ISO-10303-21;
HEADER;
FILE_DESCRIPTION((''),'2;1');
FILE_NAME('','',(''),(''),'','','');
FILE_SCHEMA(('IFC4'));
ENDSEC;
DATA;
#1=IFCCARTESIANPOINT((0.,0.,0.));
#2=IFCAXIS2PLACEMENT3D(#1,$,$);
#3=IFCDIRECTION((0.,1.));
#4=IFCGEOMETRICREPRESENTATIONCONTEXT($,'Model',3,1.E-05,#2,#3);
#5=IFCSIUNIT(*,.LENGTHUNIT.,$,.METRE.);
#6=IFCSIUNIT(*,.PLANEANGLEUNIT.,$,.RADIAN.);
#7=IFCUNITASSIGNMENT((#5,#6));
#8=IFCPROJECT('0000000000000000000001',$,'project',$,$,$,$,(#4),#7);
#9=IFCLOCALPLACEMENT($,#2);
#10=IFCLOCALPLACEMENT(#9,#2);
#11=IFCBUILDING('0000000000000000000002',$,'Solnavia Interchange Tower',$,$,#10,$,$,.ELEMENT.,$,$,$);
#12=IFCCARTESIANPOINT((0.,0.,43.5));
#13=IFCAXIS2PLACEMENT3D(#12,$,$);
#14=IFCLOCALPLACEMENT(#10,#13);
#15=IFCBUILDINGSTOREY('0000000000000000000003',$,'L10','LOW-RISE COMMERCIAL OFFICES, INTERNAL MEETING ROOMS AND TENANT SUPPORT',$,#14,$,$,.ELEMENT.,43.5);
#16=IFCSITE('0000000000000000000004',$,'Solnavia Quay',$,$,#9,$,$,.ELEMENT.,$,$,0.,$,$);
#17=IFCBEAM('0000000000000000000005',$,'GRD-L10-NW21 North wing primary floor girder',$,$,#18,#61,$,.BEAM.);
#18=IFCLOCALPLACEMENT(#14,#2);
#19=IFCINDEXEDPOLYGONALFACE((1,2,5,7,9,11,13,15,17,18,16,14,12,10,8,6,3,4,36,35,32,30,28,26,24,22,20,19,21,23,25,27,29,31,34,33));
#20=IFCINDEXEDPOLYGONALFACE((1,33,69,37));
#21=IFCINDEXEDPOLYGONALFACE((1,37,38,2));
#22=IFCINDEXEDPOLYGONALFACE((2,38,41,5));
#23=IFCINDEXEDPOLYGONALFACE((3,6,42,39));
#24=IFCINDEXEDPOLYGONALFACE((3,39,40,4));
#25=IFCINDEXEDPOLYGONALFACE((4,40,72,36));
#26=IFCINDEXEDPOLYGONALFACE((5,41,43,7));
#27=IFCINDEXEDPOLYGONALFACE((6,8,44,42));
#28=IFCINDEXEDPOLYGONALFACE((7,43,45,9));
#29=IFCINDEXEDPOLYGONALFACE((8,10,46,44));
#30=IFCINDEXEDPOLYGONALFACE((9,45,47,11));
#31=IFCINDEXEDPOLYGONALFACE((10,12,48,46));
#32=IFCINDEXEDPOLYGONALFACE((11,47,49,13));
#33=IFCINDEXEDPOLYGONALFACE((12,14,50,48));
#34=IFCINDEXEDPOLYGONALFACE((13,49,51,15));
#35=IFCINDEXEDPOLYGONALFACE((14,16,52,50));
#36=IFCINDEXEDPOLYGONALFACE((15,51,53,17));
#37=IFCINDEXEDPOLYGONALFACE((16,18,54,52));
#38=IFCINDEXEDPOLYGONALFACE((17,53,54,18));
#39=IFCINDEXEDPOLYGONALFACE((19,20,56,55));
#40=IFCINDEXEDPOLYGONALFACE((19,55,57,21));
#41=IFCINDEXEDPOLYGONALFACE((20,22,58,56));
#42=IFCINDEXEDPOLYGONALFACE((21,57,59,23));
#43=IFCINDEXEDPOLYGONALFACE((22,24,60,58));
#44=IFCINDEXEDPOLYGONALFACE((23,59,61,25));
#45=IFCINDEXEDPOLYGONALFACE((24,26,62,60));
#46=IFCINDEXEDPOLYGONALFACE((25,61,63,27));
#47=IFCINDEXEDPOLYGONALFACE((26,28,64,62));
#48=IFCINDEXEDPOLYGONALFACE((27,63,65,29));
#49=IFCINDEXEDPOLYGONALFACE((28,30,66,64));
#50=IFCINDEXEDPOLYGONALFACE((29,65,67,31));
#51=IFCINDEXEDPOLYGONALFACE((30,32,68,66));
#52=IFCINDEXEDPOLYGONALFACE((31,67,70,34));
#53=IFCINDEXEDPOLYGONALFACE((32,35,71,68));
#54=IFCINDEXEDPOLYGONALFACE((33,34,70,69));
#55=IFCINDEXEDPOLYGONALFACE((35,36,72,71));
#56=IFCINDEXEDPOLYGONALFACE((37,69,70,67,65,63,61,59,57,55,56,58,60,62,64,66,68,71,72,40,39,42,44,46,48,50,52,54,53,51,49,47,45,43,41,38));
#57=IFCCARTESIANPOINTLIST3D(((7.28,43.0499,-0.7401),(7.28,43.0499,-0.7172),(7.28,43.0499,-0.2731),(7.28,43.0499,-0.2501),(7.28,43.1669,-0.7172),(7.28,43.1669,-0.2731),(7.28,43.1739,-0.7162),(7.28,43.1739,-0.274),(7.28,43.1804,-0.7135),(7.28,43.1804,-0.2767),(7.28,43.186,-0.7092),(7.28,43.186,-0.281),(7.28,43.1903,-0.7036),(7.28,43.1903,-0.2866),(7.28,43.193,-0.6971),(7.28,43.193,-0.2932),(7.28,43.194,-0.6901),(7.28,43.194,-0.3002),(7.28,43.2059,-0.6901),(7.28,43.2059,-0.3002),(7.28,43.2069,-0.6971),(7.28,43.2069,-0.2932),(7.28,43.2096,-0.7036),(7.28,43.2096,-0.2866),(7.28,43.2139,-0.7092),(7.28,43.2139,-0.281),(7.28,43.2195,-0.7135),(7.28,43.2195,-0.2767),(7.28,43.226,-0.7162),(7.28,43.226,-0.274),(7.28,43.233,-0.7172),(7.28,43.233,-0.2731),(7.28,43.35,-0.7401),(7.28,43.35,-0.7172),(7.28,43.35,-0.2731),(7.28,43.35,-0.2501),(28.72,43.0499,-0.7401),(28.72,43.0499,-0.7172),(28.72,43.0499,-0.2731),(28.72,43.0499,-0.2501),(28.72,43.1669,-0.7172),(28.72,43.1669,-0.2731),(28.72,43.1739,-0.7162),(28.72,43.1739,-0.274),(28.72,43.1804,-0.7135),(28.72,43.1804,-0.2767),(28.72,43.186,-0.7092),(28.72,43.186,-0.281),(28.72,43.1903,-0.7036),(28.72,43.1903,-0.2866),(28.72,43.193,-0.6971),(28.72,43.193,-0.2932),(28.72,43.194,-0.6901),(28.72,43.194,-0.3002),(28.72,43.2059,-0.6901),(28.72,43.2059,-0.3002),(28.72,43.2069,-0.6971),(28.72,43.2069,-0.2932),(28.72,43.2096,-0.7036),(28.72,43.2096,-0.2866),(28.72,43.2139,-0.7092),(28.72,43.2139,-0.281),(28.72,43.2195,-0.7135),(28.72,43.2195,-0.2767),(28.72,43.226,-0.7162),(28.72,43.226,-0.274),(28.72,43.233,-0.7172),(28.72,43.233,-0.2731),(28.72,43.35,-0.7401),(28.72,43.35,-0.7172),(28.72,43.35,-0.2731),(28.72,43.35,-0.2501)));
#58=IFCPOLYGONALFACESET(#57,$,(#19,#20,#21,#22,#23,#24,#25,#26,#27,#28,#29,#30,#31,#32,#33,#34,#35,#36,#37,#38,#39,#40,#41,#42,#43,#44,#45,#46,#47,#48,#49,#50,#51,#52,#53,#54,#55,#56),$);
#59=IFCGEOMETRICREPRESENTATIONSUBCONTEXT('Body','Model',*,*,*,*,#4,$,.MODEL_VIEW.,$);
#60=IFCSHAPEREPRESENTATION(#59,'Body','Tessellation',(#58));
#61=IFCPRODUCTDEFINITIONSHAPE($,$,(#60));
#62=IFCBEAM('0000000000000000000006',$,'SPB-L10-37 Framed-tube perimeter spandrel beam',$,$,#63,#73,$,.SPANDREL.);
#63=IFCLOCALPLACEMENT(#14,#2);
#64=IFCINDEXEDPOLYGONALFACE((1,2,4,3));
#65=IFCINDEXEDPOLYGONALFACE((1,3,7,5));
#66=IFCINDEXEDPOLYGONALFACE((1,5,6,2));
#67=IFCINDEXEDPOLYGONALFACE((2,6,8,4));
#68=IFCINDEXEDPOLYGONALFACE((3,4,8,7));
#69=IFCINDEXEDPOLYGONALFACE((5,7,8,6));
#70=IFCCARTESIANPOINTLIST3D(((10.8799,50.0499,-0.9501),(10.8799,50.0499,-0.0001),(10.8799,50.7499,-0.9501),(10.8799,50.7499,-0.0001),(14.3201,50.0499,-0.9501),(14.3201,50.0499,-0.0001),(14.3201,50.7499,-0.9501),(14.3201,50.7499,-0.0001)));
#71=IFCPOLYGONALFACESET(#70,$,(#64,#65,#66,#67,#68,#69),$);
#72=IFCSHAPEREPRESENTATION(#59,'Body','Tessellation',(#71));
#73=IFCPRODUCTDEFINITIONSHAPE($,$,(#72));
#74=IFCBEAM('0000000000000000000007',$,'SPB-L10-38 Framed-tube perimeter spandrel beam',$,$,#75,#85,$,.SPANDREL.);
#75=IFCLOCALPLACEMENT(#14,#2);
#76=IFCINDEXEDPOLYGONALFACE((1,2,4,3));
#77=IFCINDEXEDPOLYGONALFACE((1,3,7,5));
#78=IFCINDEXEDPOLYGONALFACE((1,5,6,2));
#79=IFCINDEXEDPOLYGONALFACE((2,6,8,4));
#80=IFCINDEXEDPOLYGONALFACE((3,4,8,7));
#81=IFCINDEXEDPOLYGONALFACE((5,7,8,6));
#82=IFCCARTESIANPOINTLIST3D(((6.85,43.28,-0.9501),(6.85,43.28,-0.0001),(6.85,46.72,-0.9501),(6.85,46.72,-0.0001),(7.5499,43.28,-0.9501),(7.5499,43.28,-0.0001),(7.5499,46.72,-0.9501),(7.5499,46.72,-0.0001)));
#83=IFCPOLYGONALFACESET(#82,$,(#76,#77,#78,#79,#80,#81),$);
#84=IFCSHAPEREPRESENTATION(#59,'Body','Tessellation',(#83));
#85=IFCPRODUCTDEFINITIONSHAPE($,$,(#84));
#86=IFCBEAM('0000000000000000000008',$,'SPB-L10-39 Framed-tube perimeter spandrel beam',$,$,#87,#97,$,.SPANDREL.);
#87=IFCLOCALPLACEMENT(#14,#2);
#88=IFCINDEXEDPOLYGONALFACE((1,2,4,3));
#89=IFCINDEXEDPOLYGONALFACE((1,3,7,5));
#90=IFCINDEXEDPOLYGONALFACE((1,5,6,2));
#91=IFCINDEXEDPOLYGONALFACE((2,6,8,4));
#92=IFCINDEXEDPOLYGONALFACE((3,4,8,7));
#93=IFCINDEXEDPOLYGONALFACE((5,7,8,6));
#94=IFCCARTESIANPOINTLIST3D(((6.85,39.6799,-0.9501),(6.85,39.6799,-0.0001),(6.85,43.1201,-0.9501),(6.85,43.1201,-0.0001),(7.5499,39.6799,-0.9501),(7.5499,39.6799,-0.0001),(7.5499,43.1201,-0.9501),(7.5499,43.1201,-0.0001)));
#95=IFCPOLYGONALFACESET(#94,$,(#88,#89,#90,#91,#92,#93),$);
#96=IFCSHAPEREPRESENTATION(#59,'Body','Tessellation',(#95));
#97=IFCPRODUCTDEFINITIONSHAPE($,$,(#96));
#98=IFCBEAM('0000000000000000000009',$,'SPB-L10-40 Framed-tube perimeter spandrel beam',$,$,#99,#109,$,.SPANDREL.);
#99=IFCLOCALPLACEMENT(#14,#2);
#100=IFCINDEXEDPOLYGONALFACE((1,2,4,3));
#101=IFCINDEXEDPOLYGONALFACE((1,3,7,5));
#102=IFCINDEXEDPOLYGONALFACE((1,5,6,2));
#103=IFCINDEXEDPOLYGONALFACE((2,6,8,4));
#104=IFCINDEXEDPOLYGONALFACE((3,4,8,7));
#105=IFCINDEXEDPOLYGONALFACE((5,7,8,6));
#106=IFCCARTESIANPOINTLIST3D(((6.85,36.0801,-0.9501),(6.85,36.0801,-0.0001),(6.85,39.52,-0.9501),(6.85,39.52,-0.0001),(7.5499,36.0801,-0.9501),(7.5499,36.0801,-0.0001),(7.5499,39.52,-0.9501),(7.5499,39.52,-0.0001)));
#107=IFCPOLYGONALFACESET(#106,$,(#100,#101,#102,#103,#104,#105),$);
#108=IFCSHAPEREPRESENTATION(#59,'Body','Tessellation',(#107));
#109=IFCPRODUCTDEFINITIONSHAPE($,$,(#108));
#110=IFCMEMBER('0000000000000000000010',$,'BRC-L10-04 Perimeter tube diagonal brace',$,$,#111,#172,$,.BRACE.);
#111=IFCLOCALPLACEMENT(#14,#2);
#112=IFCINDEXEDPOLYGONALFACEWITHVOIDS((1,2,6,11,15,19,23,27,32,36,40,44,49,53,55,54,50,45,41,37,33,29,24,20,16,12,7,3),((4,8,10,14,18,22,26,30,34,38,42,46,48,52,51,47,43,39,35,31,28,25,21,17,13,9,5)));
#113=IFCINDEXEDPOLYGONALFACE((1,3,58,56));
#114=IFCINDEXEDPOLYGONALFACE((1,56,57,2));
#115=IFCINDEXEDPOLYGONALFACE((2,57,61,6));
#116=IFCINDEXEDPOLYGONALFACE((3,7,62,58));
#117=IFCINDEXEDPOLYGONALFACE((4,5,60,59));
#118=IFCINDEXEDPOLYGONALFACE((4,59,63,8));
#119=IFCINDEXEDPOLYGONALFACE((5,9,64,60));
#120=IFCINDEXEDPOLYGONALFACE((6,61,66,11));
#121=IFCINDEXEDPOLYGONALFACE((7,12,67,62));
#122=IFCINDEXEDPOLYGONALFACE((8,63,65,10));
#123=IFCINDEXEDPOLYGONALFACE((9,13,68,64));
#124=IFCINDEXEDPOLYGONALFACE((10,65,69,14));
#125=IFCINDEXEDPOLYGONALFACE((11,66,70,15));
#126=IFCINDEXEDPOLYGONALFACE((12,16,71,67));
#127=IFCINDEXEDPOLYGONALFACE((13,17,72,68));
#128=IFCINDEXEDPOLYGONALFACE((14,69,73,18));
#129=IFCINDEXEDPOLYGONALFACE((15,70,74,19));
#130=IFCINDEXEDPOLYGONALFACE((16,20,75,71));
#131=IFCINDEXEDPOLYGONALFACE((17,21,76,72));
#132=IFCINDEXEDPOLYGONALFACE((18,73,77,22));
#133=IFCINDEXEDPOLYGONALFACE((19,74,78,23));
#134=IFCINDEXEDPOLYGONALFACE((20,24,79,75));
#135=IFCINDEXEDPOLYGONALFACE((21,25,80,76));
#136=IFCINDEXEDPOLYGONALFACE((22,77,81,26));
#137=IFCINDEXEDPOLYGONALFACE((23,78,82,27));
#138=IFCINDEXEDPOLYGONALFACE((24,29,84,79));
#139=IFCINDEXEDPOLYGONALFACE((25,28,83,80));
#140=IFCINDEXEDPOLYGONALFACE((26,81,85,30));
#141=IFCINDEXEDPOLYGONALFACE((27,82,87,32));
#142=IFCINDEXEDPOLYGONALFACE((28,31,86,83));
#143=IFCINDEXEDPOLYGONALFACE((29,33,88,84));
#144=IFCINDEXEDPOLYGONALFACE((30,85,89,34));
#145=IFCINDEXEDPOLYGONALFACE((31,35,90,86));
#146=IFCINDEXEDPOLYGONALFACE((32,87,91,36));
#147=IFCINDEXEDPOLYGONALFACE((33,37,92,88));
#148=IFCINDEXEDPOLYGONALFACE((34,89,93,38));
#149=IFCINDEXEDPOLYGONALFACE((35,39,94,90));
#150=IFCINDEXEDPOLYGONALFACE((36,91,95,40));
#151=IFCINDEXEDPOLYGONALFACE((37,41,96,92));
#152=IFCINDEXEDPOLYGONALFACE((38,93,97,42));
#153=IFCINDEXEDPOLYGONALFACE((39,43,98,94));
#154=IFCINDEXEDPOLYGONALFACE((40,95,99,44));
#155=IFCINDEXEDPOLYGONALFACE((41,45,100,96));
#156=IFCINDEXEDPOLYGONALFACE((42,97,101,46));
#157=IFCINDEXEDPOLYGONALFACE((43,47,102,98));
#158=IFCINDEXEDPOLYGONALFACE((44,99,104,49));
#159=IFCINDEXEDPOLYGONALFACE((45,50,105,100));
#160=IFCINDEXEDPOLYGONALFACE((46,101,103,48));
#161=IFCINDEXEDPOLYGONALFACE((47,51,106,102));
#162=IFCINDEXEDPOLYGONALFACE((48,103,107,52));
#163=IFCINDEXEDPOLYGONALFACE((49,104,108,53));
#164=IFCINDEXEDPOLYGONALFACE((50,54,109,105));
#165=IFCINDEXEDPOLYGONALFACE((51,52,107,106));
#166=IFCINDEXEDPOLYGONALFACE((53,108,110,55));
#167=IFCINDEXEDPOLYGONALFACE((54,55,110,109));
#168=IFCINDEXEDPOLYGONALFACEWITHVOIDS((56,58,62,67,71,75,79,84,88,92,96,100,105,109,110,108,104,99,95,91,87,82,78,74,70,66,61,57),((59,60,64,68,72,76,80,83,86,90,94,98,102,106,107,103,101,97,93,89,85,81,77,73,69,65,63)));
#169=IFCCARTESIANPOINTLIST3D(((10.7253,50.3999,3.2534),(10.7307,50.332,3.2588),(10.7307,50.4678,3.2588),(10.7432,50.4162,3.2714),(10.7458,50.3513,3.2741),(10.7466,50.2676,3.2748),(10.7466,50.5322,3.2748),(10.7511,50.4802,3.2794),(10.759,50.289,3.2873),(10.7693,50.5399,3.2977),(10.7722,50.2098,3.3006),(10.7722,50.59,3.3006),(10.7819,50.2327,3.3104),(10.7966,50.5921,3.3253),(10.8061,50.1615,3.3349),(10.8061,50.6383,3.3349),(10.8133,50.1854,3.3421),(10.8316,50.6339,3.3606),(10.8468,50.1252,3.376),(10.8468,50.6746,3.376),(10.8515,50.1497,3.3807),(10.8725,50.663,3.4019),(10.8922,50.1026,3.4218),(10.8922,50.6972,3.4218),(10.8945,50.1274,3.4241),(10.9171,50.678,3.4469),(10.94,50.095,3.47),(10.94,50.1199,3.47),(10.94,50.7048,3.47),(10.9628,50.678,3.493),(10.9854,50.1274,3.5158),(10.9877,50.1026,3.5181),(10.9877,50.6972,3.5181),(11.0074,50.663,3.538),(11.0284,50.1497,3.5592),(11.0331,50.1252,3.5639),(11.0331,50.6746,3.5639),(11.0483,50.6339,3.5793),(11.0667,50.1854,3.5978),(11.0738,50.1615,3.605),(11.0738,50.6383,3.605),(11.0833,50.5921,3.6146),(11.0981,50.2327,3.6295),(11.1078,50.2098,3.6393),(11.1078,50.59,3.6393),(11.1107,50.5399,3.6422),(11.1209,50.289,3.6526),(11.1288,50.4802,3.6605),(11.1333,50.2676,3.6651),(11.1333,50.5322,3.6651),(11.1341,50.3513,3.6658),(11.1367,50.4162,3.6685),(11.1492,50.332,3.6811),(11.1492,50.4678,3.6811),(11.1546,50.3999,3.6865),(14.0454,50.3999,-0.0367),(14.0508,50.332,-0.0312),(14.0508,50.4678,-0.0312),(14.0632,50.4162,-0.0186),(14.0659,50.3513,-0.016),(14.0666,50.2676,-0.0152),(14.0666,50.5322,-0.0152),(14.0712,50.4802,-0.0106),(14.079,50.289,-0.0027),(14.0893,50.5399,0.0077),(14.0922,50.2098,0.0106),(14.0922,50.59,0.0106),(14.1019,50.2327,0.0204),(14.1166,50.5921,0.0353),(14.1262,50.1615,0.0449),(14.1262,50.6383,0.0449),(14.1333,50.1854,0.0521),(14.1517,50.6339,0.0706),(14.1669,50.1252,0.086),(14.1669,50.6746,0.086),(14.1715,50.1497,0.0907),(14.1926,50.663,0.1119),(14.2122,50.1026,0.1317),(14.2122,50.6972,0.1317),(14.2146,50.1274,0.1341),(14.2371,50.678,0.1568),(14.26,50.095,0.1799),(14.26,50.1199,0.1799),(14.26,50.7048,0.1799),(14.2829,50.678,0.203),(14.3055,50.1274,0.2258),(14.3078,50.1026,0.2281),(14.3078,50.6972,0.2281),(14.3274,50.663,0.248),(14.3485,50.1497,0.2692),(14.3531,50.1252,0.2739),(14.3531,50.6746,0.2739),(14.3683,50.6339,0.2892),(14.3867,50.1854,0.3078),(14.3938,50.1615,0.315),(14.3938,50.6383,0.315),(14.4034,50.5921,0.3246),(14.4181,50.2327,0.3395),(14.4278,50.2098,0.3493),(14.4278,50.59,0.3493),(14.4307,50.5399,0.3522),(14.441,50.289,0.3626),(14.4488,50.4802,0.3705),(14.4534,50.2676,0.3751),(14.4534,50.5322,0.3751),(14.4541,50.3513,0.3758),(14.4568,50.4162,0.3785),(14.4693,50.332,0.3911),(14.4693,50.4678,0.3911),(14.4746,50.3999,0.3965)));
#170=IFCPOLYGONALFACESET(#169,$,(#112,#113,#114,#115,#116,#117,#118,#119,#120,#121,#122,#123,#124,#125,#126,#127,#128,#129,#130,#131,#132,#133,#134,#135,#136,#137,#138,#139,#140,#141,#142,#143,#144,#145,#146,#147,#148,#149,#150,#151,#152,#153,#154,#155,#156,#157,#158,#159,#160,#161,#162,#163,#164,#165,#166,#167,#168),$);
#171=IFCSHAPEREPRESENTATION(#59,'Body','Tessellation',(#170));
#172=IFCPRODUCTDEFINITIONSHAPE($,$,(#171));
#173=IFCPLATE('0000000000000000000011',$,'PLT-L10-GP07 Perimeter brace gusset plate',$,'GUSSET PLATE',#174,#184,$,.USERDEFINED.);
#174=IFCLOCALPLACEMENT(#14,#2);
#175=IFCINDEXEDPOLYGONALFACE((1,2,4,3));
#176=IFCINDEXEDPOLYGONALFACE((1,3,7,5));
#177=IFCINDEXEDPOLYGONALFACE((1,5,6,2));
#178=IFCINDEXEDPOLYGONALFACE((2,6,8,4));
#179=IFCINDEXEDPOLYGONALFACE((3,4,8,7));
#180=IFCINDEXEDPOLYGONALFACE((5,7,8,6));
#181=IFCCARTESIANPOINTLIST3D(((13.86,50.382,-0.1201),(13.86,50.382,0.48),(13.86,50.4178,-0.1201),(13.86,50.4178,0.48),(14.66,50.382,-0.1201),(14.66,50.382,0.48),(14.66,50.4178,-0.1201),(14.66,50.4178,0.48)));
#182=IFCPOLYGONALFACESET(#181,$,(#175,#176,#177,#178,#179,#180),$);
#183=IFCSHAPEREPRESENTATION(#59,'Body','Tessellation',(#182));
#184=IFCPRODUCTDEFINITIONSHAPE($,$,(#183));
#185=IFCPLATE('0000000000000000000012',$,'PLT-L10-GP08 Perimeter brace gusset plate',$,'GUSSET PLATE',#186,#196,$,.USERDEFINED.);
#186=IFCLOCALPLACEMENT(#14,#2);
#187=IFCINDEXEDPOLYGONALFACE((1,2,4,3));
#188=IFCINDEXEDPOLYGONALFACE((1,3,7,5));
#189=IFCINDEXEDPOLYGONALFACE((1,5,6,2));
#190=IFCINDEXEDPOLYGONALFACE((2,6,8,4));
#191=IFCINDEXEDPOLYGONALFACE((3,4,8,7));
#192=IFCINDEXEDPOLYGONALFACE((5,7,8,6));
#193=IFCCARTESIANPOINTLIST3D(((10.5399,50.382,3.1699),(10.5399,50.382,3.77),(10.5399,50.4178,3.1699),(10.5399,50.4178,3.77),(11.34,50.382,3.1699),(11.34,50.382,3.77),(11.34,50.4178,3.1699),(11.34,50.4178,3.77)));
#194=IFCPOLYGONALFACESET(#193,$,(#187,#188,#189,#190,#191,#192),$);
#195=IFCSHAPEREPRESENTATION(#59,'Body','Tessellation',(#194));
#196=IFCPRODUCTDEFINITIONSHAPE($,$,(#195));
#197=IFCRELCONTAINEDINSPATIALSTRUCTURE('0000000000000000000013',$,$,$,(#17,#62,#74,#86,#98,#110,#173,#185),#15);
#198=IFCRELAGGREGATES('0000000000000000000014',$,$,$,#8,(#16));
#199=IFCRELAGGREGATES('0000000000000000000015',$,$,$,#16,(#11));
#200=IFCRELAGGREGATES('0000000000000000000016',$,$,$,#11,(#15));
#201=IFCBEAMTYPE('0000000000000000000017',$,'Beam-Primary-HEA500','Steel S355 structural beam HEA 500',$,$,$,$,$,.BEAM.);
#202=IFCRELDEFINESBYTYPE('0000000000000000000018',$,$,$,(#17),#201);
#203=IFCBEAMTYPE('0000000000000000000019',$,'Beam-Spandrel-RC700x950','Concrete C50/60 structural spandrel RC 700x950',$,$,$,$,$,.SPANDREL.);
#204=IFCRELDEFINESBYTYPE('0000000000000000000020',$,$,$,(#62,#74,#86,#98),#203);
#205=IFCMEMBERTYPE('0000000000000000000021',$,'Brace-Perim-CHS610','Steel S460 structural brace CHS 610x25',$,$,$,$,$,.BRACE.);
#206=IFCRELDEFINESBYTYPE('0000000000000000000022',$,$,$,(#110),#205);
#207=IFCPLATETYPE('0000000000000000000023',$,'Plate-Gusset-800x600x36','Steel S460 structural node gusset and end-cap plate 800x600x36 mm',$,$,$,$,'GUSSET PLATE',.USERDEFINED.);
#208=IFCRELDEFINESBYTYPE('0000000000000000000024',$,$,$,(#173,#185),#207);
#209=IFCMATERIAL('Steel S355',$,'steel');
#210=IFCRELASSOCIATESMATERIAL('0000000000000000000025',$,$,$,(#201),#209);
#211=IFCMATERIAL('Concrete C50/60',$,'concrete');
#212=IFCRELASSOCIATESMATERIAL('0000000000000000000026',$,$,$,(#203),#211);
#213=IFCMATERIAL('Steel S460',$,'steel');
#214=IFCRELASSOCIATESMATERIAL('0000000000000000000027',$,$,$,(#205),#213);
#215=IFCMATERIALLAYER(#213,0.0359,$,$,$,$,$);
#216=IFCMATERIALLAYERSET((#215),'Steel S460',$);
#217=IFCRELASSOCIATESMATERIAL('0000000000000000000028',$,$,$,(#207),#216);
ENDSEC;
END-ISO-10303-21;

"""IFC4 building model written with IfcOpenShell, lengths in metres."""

from ifc_helpers import new_model, si_unit, direction, frame, origin, origin_2d, place, context, subcontext, project, spatial, rectangle, hollow_circle, i_section, extrude, material, layer, layer_set, material_profile, profile_set, type_object, element, save


model = new_model("IFC4")

# Units and contexts
model_context = context("Model", 3, precision=1e-05, world=origin(), true_north=direction((0.0, 1.0)))
body_context = subcontext(model_context, "Body", "Model", "MODEL_VIEW")
ifc_project = project(units=[si_unit("LENGTHUNIT", "METRE"), si_unit("PLANEANGLEUNIT", "RADIAN")], contexts=[model_context])

# Site, building, storey
site_placement = place(None, origin())
site = spatial("IfcSite", under=ifc_project, at=site_placement, Name="Solnavia Quay", CompositionType="ELEMENT", RefElevation=0.0)
building_placement = place(site_placement, origin())
building = spatial("IfcBuilding", under=site, at=building_placement, Name="Solnavia Interchange Tower", CompositionType="ELEMENT")
storey_placement = place(building_placement, frame((0.0, 0.0, 43.5)))
storey = spatial("IfcBuildingStorey", under=building, at=storey_placement, Name="L10", Description="LOW-RISE COMMERCIAL OFFICES, INTERNAL MEETING ROOMS AND TENANT SUPPORT", CompositionType="ELEMENT", Elevation=43.5)

# Beams
ifc_material_1 = material(Name="Steel S460", Category="steel")
ifc_material_2 = material(Name="Steel S355", Category="steel")
ifc_material_profile_1 = material_profile(ifc_material_2, i_section(OverallWidth=0.3, OverallDepth=0.49, WebThickness=0.012, FlangeThickness=0.0229, FilletRadius=0.0271, at=origin_2d()), Name="HEA 500")
ifc_profile_set_1 = profile_set([ifc_material_profile_1], Name="Steel S355")
beam_type_1 = type_object("IfcBeamType", Name="Beam-Primary-HEA500", Description="Steel S355 structural beam HEA 500", PredefinedType="BEAM", material=ifc_profile_set_1)
beam_1_placement = place(storey_placement, frame((7.28, 43.2, -0.4951), z_axis=(1.0, 0.0, 0.0), x_axis=(0.0, 1.0, 0.0)))
element("IfcBeam", 1, at=beam_1_placement, inside=storey, type_object=beam_type_1, Name="GRD-L10-NW21 North wing primary floor girder", PredefinedType="BEAM", context=body_context, shape_type="SweptSolid", body=[
    extrude(i_section(OverallWidth=0.3, OverallDepth=0.49, WebThickness=0.012, FlangeThickness=0.0229, FilletRadius=0.0271, at=origin_2d()), origin(), (0.0, 0.0, 1.0), 21.4399),
])
ifc_material_3 = material(Name="Concrete C50/60", Category="concrete")
ifc_material_profile_2 = material_profile(ifc_material_3, rectangle(XDim=0.7, YDim=0.95, at=origin_2d()), Name="RC 700x950")
ifc_profile_set_2 = profile_set([ifc_material_profile_2], Name="Concrete C50/60")
beam_type_2 = type_object("IfcBeamType", Name="Beam-Spandrel-RC700x950", Description="Concrete C50/60 structural spandrel RC 700x950", PredefinedType="SPANDREL", material=ifc_profile_set_2)
beam_2_placement = place(storey_placement, frame((14.3201, 50.3999, -0.4751), z_axis=(-1.0, 0.0, 0.0), x_axis=(0.0, -1.0, 0.0)))
element("IfcBeam", 2, at=beam_2_placement, inside=storey, type_object=beam_type_2, Name="SPB-L10-37 Framed-tube perimeter spandrel beam", PredefinedType="SPANDREL", context=body_context, shape_type="SweptSolid", body=[
    extrude(rectangle(XDim=0.7, YDim=0.95, at=origin_2d()), origin(), (0.0, 0.0, 1.0), 3.4402),
])
beam_3_placement = place(storey_placement, frame((7.2, 46.72, -0.4751), z_axis=(0.0, -1.0, 0.0), x_axis=(1.0, 0.0, 0.0)))
element("IfcBeam", 3, at=beam_3_placement, inside=storey, type_object=beam_type_2, Name="SPB-L10-38 Framed-tube perimeter spandrel beam", PredefinedType="SPANDREL", context=body_context, shape_type="SweptSolid", body=[
    extrude(rectangle(XDim=0.7, YDim=0.95, at=origin_2d()), origin(), (0.0, 0.0, 1.0), 3.4399),
])
beam_4_placement = place(storey_placement, frame((7.2, 43.1201, -0.4751), z_axis=(0.0, -1.0, 0.0), x_axis=(1.0, 0.0, 0.0)))
element("IfcBeam", 4, at=beam_4_placement, inside=storey, type_object=beam_type_2, Name="SPB-L10-39 Framed-tube perimeter spandrel beam", PredefinedType="SPANDREL", context=body_context, shape_type="SweptSolid", body=[
    extrude(rectangle(XDim=0.7, YDim=0.95, at=origin_2d()), origin(), (0.0, 0.0, 1.0), 3.4402),
])
beam_5_placement = place(storey_placement, frame((7.2, 39.52, -0.4751), z_axis=(0.0, -1.0, 0.0), x_axis=(1.0, 0.0, 0.0)))
element("IfcBeam", 5, at=beam_5_placement, inside=storey, type_object=beam_type_2, Name="SPB-L10-40 Framed-tube perimeter spandrel beam", PredefinedType="SPANDREL", context=body_context, shape_type="SweptSolid", body=[
    extrude(rectangle(XDim=0.7, YDim=0.95, at=origin_2d()), origin(), (0.0, 0.0, 1.0), 3.4399),
])

# Member
ifc_material_profile_3 = material_profile(ifc_material_1, hollow_circle(Radius=0.3049, WallThickness=0.0249, at=origin_2d()), Name="CHS 610x25")
ifc_profile_set_3 = profile_set([ifc_material_profile_3], Name="Steel S460")
member_type = type_object("IfcMemberType", Name="Brace-Perim-CHS610", Description="Steel S460 structural brace CHS 610x25", PredefinedType="BRACE", material=ifc_profile_set_3)
member_placement = place(storey_placement, frame((14.26, 50.3999, 0.1799), z_axis=(-0.710312, 0.0, 0.703887), x_axis=(0.0, -1.0, 0.0)))
element("IfcMember", 6, at=member_placement, inside=storey, type_object=member_type, Name="BRC-L10-04 Perimeter tube diagonal brace", PredefinedType="BRACE", context=body_context, shape_type="SweptSolid", body=[
    extrude(hollow_circle(Radius=0.3049, WallThickness=0.0249, at=origin_2d()), origin(), (0.0, 0.0, 1.0), 4.6741),
])

# Plates
ifc_layer_1 = layer(ifc_material_1, 0.0359)
ifc_layer_set_1 = layer_set([ifc_layer_1], Name="Steel S460")
plate_type = type_object("IfcPlateType", Name="Plate-Gusset-800x600x36", Description="Steel S460 structural node gusset and end-cap plate 800x600x36 mm", ElementType="GUSSET PLATE", PredefinedType="USERDEFINED", material=ifc_layer_set_1)
for number, where, z_axis, x_axis, name in (
    (7, (14.26, 50.3999, -0.1201), (0.0, 0.0, 1.0), (-1.0, 0.0, 0.0), "PLT-L10-GP07 Perimeter brace gusset plate"),
    (8, (10.9399, 50.3999, 3.1699), (0.0, 0.0, 1.0), (-1.0, 0.0, 0.0), "PLT-L10-GP08 Perimeter brace gusset plate"),
):
    element("IfcPlate", number, at=place(storey_placement, frame(where, z_axis=z_axis, x_axis=x_axis)), inside=storey, type_object=plate_type, Name=name, ObjectType="GUSSET PLATE", PredefinedType="USERDEFINED", context=body_context, shape_type="SweptSolid", body=[
        extrude(rectangle(XDim=0.8, YDim=0.0359, at=origin_2d()), origin(), (0.0, 0.0, 1.0), 0.6001),
    ])

save(model, "model.ifc")
